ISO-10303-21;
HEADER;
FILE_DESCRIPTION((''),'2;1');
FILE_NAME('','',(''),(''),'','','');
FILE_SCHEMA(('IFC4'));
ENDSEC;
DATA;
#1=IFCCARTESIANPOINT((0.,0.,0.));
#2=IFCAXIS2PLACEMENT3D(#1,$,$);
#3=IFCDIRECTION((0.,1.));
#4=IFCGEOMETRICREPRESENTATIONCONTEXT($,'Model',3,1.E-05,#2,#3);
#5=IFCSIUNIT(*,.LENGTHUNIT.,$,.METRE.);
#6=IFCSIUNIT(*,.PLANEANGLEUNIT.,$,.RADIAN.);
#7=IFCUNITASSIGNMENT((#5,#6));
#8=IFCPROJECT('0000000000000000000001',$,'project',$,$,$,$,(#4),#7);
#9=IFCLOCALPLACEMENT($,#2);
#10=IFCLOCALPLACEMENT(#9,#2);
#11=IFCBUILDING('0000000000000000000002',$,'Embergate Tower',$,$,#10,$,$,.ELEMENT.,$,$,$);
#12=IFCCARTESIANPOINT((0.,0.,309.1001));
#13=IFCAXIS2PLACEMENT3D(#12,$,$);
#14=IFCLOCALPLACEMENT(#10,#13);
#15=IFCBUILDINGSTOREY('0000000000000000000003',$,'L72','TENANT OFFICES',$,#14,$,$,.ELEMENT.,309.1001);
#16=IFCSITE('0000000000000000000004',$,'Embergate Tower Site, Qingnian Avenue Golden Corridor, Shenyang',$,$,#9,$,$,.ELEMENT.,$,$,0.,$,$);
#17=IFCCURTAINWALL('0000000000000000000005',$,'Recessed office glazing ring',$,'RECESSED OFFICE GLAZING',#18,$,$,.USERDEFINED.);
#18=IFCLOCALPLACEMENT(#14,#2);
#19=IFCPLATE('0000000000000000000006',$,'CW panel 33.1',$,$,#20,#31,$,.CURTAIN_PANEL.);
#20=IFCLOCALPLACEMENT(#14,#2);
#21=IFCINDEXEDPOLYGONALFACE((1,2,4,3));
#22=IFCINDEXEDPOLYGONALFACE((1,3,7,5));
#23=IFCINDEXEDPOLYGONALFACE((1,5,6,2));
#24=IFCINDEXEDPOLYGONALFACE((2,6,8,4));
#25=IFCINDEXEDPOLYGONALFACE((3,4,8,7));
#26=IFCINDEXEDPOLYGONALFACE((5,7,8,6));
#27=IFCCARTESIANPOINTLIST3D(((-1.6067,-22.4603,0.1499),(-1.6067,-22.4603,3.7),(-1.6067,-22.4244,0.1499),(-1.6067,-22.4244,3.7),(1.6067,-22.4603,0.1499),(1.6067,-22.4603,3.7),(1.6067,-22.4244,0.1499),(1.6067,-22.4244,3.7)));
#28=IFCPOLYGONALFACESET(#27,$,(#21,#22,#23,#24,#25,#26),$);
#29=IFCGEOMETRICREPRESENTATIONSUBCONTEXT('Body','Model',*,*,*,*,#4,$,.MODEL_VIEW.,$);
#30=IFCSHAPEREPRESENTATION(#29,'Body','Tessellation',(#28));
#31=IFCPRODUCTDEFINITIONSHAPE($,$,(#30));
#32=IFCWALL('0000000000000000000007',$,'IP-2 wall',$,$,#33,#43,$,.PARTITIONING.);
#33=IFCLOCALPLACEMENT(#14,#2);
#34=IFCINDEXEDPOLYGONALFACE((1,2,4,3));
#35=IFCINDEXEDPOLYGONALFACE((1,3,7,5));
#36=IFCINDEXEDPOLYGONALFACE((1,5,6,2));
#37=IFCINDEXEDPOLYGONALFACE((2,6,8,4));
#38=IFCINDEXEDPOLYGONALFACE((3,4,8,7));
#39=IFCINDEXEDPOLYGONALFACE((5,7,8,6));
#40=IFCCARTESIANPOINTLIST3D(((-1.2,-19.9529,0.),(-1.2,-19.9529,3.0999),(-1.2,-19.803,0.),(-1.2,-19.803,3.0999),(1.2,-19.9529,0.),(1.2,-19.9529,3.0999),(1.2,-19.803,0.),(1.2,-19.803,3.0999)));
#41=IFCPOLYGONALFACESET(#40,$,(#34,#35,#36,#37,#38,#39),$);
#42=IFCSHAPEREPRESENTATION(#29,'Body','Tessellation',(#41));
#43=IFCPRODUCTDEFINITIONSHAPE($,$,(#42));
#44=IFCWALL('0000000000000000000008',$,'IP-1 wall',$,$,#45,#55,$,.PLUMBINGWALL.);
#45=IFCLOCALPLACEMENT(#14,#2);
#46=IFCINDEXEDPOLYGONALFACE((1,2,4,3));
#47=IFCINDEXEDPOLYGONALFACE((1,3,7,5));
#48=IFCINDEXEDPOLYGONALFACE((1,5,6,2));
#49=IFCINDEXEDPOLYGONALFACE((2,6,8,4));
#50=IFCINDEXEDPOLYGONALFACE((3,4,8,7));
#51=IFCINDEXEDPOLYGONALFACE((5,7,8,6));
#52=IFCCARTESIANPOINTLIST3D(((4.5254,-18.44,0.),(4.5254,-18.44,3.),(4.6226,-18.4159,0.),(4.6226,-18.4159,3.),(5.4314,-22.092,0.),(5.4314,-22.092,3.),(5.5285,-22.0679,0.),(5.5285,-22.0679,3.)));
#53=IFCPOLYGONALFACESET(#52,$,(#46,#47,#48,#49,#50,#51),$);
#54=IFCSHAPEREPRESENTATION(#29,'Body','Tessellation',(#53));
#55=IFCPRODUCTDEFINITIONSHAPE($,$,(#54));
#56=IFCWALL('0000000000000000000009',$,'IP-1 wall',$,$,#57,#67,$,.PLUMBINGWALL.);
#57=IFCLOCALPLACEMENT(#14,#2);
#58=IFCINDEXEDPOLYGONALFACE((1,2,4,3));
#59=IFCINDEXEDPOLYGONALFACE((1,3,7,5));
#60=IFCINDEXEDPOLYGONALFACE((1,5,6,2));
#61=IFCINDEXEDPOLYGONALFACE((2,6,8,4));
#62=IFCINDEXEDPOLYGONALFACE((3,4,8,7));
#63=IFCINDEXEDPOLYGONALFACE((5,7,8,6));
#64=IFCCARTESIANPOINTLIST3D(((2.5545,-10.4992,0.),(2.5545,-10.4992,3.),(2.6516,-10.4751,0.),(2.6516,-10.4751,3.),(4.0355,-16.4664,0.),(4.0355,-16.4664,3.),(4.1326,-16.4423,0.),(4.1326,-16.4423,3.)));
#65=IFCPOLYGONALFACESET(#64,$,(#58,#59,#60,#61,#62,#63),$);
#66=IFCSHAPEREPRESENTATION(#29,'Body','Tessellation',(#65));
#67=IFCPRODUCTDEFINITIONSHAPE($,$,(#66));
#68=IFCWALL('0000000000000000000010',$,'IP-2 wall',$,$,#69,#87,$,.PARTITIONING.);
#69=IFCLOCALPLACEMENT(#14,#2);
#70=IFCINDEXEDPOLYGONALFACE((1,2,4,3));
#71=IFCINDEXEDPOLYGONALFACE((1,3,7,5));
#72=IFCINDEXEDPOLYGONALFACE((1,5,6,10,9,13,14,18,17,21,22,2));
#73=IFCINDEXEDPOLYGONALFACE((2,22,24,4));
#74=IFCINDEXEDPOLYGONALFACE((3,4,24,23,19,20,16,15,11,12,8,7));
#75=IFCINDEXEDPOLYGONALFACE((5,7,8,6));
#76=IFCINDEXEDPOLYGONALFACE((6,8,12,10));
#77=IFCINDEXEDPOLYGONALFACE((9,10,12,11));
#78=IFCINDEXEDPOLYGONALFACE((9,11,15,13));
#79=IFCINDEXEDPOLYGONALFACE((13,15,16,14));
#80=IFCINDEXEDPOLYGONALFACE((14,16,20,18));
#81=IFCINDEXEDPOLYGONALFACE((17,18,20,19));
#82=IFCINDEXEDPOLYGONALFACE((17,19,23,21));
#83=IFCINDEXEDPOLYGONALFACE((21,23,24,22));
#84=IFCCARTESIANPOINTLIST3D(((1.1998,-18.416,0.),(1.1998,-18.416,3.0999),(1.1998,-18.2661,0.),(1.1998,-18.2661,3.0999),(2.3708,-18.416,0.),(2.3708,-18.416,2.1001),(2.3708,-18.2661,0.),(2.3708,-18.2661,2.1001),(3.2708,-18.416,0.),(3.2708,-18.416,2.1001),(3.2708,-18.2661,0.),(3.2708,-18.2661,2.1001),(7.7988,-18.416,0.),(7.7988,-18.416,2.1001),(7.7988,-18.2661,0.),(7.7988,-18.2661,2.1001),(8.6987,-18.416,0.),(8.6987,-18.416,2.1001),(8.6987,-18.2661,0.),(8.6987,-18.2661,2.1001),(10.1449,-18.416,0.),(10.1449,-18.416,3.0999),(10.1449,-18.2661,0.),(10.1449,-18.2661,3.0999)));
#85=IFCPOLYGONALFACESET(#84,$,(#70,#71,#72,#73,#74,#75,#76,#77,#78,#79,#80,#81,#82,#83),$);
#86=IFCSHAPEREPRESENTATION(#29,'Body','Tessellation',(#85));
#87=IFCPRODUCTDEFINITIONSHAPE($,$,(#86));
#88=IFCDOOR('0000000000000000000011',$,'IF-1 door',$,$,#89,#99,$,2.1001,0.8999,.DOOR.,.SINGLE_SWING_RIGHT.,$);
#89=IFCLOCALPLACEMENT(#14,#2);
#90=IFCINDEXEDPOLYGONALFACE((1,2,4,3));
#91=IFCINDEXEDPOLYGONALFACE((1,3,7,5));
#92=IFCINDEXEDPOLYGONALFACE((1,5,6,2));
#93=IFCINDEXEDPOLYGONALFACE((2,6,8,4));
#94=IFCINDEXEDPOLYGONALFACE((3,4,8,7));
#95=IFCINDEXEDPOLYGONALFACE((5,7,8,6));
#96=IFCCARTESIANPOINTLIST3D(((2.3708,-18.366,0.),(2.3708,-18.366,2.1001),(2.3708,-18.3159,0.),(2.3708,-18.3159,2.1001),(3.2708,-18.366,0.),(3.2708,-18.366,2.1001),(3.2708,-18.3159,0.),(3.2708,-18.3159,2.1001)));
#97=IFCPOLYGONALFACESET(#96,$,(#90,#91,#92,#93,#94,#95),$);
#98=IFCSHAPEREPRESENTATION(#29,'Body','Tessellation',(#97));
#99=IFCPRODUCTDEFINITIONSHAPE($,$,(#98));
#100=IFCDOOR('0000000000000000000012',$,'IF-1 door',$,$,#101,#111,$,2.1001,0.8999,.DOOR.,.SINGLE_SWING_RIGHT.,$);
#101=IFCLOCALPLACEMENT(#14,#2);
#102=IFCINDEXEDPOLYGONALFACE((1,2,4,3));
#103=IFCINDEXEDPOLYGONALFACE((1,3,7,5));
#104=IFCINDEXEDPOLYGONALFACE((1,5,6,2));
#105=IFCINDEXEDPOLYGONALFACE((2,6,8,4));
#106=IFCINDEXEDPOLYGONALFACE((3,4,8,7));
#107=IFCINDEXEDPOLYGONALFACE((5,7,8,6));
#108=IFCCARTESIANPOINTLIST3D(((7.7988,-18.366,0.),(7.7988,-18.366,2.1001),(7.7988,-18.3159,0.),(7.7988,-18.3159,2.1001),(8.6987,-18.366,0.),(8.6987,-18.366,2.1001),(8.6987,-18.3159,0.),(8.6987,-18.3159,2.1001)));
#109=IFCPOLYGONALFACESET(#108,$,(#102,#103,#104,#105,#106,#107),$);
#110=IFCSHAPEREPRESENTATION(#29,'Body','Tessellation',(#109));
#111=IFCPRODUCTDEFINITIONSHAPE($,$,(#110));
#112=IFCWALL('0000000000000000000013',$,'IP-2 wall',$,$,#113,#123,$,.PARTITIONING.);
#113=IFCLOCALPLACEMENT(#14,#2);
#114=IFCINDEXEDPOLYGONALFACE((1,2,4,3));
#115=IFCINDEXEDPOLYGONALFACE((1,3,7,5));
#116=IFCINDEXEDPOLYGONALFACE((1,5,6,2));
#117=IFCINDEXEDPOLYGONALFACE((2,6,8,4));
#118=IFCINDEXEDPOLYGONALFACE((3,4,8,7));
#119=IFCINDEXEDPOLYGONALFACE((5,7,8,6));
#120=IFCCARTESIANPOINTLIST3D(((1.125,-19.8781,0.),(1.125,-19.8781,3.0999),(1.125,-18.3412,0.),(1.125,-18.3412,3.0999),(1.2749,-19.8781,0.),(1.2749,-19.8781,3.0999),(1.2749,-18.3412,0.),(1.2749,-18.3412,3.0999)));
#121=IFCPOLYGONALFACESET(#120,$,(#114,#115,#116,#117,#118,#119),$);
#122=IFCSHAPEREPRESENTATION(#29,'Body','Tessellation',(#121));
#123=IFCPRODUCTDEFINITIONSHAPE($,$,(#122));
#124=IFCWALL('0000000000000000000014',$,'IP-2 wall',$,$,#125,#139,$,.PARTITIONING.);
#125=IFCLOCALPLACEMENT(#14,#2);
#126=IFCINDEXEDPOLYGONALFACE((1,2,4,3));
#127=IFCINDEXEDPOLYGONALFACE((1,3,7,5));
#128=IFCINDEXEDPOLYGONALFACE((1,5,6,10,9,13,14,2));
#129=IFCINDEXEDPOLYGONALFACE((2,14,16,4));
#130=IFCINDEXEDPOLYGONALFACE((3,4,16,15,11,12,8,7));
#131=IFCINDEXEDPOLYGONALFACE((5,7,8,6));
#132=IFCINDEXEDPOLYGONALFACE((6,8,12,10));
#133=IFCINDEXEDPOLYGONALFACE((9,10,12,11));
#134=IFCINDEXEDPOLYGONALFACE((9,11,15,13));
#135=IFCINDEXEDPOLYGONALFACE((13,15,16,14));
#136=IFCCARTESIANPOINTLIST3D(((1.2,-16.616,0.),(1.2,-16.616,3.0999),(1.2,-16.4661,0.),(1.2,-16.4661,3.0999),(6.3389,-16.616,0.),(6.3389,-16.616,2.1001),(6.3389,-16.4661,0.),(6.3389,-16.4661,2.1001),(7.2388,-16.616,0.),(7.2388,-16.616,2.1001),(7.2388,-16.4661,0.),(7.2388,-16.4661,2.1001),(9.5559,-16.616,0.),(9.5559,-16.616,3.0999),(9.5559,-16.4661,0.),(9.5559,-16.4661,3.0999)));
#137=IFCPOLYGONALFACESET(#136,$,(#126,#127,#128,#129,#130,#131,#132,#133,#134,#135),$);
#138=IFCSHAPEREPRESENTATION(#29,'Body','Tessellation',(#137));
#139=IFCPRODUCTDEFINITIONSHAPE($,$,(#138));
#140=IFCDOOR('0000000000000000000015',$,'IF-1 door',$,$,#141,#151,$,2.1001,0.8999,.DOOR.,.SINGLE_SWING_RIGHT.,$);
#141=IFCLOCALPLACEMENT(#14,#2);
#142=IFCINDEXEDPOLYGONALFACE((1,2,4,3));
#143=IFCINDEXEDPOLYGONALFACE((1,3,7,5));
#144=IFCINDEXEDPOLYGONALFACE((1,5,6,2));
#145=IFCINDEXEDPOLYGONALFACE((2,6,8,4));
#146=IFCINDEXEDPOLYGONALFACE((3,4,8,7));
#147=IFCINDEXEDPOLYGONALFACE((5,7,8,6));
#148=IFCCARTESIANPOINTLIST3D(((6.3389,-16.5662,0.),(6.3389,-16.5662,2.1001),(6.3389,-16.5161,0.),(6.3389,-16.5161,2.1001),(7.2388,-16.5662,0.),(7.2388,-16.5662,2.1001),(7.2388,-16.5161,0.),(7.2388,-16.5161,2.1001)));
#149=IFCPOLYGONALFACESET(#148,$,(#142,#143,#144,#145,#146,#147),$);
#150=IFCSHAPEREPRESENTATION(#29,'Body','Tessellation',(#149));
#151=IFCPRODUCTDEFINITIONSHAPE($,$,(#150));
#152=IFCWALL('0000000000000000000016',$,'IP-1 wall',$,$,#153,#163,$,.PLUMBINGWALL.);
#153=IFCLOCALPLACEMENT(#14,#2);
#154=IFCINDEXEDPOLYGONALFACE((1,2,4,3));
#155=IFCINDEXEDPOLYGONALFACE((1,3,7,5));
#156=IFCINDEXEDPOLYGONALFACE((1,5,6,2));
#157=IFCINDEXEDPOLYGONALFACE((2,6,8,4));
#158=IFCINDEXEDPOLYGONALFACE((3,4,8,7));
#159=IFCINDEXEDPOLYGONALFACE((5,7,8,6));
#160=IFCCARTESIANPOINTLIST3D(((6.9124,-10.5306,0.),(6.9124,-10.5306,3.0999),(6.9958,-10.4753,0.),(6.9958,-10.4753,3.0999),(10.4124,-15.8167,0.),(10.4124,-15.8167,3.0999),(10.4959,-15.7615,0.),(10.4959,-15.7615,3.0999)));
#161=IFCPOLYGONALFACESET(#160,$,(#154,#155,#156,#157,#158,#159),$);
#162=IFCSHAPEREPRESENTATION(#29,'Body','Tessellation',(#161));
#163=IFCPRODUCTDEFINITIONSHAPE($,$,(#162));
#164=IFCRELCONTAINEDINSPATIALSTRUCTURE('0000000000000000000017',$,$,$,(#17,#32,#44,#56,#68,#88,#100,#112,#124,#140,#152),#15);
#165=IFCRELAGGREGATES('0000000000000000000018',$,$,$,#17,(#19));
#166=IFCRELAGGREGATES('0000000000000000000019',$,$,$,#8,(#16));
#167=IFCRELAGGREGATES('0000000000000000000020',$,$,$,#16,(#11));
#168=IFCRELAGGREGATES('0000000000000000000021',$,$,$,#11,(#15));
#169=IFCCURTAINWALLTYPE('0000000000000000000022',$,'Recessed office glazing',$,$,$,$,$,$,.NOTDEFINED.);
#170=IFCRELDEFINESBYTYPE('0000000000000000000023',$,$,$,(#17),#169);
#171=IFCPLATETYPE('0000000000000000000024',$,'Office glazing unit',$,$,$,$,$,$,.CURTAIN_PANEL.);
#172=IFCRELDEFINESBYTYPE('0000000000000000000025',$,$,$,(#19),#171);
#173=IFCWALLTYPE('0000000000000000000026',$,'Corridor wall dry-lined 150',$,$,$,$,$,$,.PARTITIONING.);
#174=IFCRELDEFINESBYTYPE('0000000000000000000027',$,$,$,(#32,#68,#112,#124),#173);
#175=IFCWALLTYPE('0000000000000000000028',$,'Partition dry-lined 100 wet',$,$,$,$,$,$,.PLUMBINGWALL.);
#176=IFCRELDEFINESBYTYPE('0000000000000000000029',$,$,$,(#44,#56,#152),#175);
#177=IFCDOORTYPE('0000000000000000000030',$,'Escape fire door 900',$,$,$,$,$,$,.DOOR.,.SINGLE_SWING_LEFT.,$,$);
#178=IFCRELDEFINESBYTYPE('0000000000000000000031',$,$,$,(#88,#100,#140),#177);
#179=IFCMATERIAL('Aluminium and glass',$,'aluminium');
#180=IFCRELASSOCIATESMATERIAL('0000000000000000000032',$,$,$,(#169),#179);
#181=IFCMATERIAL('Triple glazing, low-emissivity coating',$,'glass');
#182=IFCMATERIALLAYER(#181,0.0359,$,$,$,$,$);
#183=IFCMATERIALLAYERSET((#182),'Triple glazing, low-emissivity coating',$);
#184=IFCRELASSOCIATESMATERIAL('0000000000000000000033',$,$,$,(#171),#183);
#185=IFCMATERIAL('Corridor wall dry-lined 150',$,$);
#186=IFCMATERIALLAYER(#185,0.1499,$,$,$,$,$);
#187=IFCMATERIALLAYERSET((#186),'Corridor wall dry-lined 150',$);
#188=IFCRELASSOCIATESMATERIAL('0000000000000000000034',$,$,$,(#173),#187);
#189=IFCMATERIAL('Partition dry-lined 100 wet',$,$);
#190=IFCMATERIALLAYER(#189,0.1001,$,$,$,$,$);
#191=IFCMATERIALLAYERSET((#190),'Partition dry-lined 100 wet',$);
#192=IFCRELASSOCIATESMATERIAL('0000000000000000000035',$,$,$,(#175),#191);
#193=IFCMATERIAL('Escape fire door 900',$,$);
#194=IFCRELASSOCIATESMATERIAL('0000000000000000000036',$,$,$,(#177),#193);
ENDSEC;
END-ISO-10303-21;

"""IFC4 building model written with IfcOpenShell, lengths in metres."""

from ifc_helpers import new_model, si_unit, direction, frame, frame_2d, origin, origin_2d, place, context, subcontext, project, spatial, rectangle, extrude, source, transform, mapped, material, layer, layer_set, type_object, element, fill, aggregate, save


model = new_model("IFC4")

# Units and contexts
model_context = context("Model", 3, precision=1e-05, world=origin(), true_north=direction((0.0, 1.0)))
body_context = subcontext(model_context, "Body", "Model", "MODEL_VIEW")
ifc_project = project(units=[si_unit("LENGTHUNIT", "METRE"), si_unit("PLANEANGLEUNIT", "RADIAN")], contexts=[model_context])

# Site, building, storey
site_placement = place(None, origin())
site = spatial("IfcSite", under=ifc_project, at=site_placement, Name="Embergate Tower Site, Qingnian Avenue Golden Corridor, Shenyang", CompositionType="ELEMENT", RefElevation=0.0)
building_placement = place(site_placement, origin())
building = spatial("IfcBuilding", under=site, at=building_placement, Name="Embergate Tower", CompositionType="ELEMENT")
storey_placement = place(building_placement, frame((0.0, 0.0, 309.1001)))
storey = spatial("IfcBuildingStorey", under=building, at=storey_placement, Name="L72", Description="TENANT OFFICES", CompositionType="ELEMENT", Elevation=309.1001)

# Curtain wall
ifc_material_1 = material(Name="Aluminium and glass", Category="aluminium")
curtain_wall_type = type_object("IfcCurtainWallType", Name="Recessed office glazing", PredefinedType="NOTDEFINED", material=ifc_material_1)
curtain_wall_placement = place(storey_placement, origin())
curtain_wall = element("IfcCurtainWall", 1, at=curtain_wall_placement, inside=storey, type_object=curtain_wall_type, Name="Recessed office glazing ring", ObjectType="RECESSED OFFICE GLAZING", PredefinedType="USERDEFINED")

# Plate
ifc_material_2 = material(Name="Triple glazing, low-emissivity coating", Category="glass")
ifc_layer_1 = layer(ifc_material_2, 0.0359)
ifc_layer_set_1 = layer_set([ifc_layer_1], Name="Triple glazing, low-emissivity coating")
plate_type = type_object("IfcPlateType", Name="Office glazing unit", PredefinedType="CURTAIN_PANEL", material=ifc_layer_set_1)
shared_shape_1 = source(origin(), body_context, "Body", "SweptSolid", [
    extrude(rectangle(XDim=3.2134, YDim=0.0359, at=origin_2d()), origin(), (0.0, 0.0, 1.0), 3.55),
])
plate_1_placement = place(storey_placement, frame((0.0, -22.4424, 0.1499), z_axis=(0.0, 0.0, 1.0), x_axis=(1.0, 0.0, 0.0)))
plate_1 = element("IfcPlate", 2, at=plate_1_placement, type_object=plate_type, Name="CW panel 33.1", PredefinedType="CURTAIN_PANEL", context=body_context, shape_type="MappedRepresentation", body=[
    mapped(shared_shape_1, transform((0.0, 0.0, 0.0))),
])
aggregate(curtain_wall, [plate_1])

# Walls
ifc_material_3 = material(Name="Corridor wall dry-lined 150")
ifc_layer_2 = layer(ifc_material_3, 0.1499)
ifc_layer_set_2 = layer_set([ifc_layer_2], Name="Corridor wall dry-lined 150")
wall_type_1 = type_object("IfcWallType", Name="Corridor wall dry-lined 150", PredefinedType="PARTITIONING", material=ifc_layer_set_2)
shared_shape_2 = source(origin(), body_context, "Body", "SweptSolid", [
    extrude(rectangle(XDim=2.3999, YDim=0.1499, at=frame_2d((1.2, 0.0))), origin(), (0.0, 0.0, 1.0), 3.0999),
])
wall_1_placement = place(storey_placement, frame((1.2, -19.8779, 0.0), z_axis=(0.0, 0.0, 1.0), x_axis=(-1.0, 0.0, 0.0)))
element("IfcWall", 3, at=wall_1_placement, inside=storey, type_object=wall_type_1, Name="IP-2 wall", PredefinedType="PARTITIONING", context=body_context, shape_type="MappedRepresentation", body=[
    mapped(shared_shape_2, transform((0.0, 0.0, 0.0))),
])
ifc_material_4 = material(Name="Partition dry-lined 100 wet")
ifc_layer_3 = layer(ifc_material_4, 0.1001)
ifc_layer_set_3 = layer_set([ifc_layer_3], Name="Partition dry-lined 100 wet")
wall_type_2 = type_object("IfcWallType", Name="Partition dry-lined 100 wet", PredefinedType="PLUMBINGWALL", material=ifc_layer_set_3)
shared_shape_3 = source(origin(), body_context, "Body", "SweptSolid", [
    extrude(rectangle(XDim=3.7627, YDim=0.1001, at=frame_2d((1.8813, 0.0))), origin(), (0.0, 0.0, 1.0), 3.0),
])
wall_2_placement = place(storey_placement, frame((4.574, -18.428, 0.0), z_axis=(0.0, 0.0, 1.0), x_axis=(0.24078, -0.97058, 0.0)))
element("IfcWall", 4, at=wall_2_placement, inside=storey, type_object=wall_type_2, Name="IP-1 wall", PredefinedType="PLUMBINGWALL", context=body_context, shape_type="MappedRepresentation", body=[
    mapped(shared_shape_3, transform((0.0, 0.0, 0.0))),
])
shared_shape_4 = source(origin(), body_context, "Body", "SweptSolid", [
    extrude(rectangle(XDim=6.1482, YDim=0.1001, at=frame_2d((3.0742, 0.0))), origin(), (0.0, 0.0, 1.0), 3.0),
])
wall_3_placement = place(storey_placement, frame((2.603, -10.4871, 0.0), z_axis=(0.0, 0.0, 1.0), x_axis=(0.240881, -0.970555, 0.0)))
element("IfcWall", 5, at=wall_3_placement, inside=storey, type_object=wall_type_2, Name="IP-1 wall", PredefinedType="PLUMBINGWALL", context=body_context, shape_type="MappedRepresentation", body=[
    mapped(shared_shape_4, transform((0.0, 0.0, 0.0))),
])

# Wall, openings, doors
shared_shape_5 = source(origin(), body_context, "Body", "SweptSolid", [
    extrude(rectangle(XDim=8.9451, YDim=0.1499, at=frame_2d((4.4727, 0.0))), origin(), (0.0, 0.0, 1.0), 3.0999),
])
wall_4_placement = place(storey_placement, frame((10.145, -18.3411, 0.0), z_axis=(0.0, 0.0, 1.0), x_axis=(-1.0, 0.0, 0.0)))
wall_4 = element("IfcWall", 6, at=wall_4_placement, inside=storey, type_object=wall_type_1, Name="IP-2 wall", PredefinedType="PARTITIONING", context=body_context, shape_type="MappedRepresentation", body=[
    mapped(shared_shape_5, transform((0.0, 0.0, 0.0))),
])
shared_shape_6 = source(origin(), body_context, "Body", "SweptSolid", [
    extrude(rectangle(XDim=0.8999, YDim=2.1001, at=frame_2d((0.45, 1.05))), frame((0.0, 0.085, 0.0), z_axis=(0.0, -1.0, 0.0), x_axis=(1.0, 0.0, 0.0)), (0.0, 0.0, 1.0), 0.1699),
])
opening_1_placement = place(wall_4_placement, frame((6.8743, 0.0, 0.0)))
opening_1 = element("IfcOpeningElement", 7, at=opening_1_placement, cuts=wall_4, PredefinedType="OPENING", context=body_context, shape_type="MappedRepresentation", body=[
    mapped(shared_shape_6, transform((0.0, 0.0, 0.0))),
])
opening_2_placement = place(wall_4_placement, frame((1.4463, 0.0, 0.0)))
opening_2 = element("IfcOpeningElement", 8, at=opening_2_placement, cuts=wall_4, PredefinedType="OPENING", context=body_context, shape_type="MappedRepresentation", body=[
    mapped(shared_shape_6, transform((0.0, 0.0, 0.0))),
])
ifc_material_5 = material(Name="Escape fire door 900")
door_type = type_object("IfcDoorType", Name="Escape fire door 900", OperationType="SINGLE_SWING_LEFT", PredefinedType="DOOR", material=ifc_material_5)
shared_shape_7 = source(origin(), body_context, "Body", "SweptSolid", [
    extrude(rectangle(XDim=0.8999, YDim=2.1001, at=frame_2d((0.45, 1.05))), frame((0.0, 0.0249, 0.0), z_axis=(0.0, -1.0, 0.0), x_axis=(1.0, 0.0, 0.0)), (0.0, 0.0, 1.0), 0.05),
])
door_1_placement = place(opening_1_placement, origin())
door_1 = element("IfcDoor", 9, at=door_1_placement, inside=storey, type_object=door_type, Name="IF-1 door", OperationType="SINGLE_SWING_RIGHT", OverallHeight=2.1001, OverallWidth=0.8999, PredefinedType="DOOR", context=body_context, shape_type="MappedRepresentation", body=[
    mapped(shared_shape_7, transform((0.0, 0.0, 0.0))),
])
fill(opening_1, door_1)
door_2_placement = place(opening_2_placement, origin())
door_2 = element("IfcDoor", 10, at=door_2_placement, inside=storey, type_object=door_type, Name="IF-1 door", OperationType="SINGLE_SWING_RIGHT", OverallHeight=2.1001, OverallWidth=0.8999, PredefinedType="DOOR", context=body_context, shape_type="MappedRepresentation", body=[
    mapped(shared_shape_7, transform((0.0, 0.0, 0.0))),
])
fill(opening_2, door_2)

# Wall
shared_shape_8 = source(origin(), body_context, "Body", "SweptSolid", [
    extrude(rectangle(XDim=1.5369, YDim=0.1499, at=frame_2d((0.7686, 0.0))), origin(), (0.0, 0.0, 1.0), 3.0999),
])
wall_5_placement = place(storey_placement, frame((1.2, -18.3411, 0.0), z_axis=(0.0, 0.0, 1.0), x_axis=(0.0, -1.0, 0.0)))
element("IfcWall", 11, at=wall_5_placement, inside=storey, type_object=wall_type_1, Name="IP-2 wall", PredefinedType="PARTITIONING", context=body_context, shape_type="MappedRepresentation", body=[
    mapped(shared_shape_8, transform((0.0, 0.0, 0.0))),
])

# Wall, opening, door
shared_shape_9 = source(origin(), body_context, "Body", "SweptSolid", [
    extrude(rectangle(XDim=8.356, YDim=0.1499, at=frame_2d((4.178, 0.0))), origin(), (0.0, 0.0, 1.0), 3.0999),
])
wall_6_placement = place(storey_placement, frame((1.2, -16.541, 0.0), z_axis=(0.0, 0.0, 1.0), x_axis=(1.0, 0.0, 0.0)))
wall_6 = element("IfcWall", 12, at=wall_6_placement, inside=storey, type_object=wall_type_1, Name="IP-2 wall", PredefinedType="PARTITIONING", context=body_context, shape_type="MappedRepresentation", body=[
    mapped(shared_shape_9, transform((0.0, 0.0, 0.0))),
])
opening_3_placement = place(wall_6_placement, frame((5.1389, 0.0, 0.0)))
opening_3 = element("IfcOpeningElement", 13, at=opening_3_placement, cuts=wall_6, PredefinedType="OPENING", context=body_context, shape_type="MappedRepresentation", body=[
    mapped(shared_shape_6, transform((0.0, 0.0, 0.0))),
])
door_3_placement = place(opening_3_placement, origin())
door_3 = element("IfcDoor", 14, at=door_3_placement, inside=storey, type_object=door_type, Name="IF-1 door", OperationType="SINGLE_SWING_RIGHT", OverallHeight=2.1001, OverallWidth=0.8999, PredefinedType="DOOR", context=body_context, shape_type="MappedRepresentation", body=[
    mapped(shared_shape_7, transform((0.0, 0.0, 0.0))),
])
fill(opening_3, door_3)

# Wall
shared_shape_10 = source(origin(), body_context, "Body", "SweptSolid", [
    extrude(rectangle(XDim=6.3398, YDim=0.1001, at=frame_2d((3.1699, 0.0))), origin(), (0.0, 0.0, 1.0), 3.0999),
])
wall_7_placement = place(storey_placement, frame((6.9541, -10.5029, 0.0), z_axis=(0.0, 0.0, 1.0), x_axis=(0.552067, -0.8338, 0.0)))
element("IfcWall", 15, at=wall_7_placement, inside=storey, type_object=wall_type_2, Name="IP-1 wall", PredefinedType="PLUMBINGWALL", context=body_context, shape_type="MappedRepresentation", body=[
    mapped(shared_shape_10, transform((0.0, 0.0, 0.0))),
])

save(model, "model.ifc")
